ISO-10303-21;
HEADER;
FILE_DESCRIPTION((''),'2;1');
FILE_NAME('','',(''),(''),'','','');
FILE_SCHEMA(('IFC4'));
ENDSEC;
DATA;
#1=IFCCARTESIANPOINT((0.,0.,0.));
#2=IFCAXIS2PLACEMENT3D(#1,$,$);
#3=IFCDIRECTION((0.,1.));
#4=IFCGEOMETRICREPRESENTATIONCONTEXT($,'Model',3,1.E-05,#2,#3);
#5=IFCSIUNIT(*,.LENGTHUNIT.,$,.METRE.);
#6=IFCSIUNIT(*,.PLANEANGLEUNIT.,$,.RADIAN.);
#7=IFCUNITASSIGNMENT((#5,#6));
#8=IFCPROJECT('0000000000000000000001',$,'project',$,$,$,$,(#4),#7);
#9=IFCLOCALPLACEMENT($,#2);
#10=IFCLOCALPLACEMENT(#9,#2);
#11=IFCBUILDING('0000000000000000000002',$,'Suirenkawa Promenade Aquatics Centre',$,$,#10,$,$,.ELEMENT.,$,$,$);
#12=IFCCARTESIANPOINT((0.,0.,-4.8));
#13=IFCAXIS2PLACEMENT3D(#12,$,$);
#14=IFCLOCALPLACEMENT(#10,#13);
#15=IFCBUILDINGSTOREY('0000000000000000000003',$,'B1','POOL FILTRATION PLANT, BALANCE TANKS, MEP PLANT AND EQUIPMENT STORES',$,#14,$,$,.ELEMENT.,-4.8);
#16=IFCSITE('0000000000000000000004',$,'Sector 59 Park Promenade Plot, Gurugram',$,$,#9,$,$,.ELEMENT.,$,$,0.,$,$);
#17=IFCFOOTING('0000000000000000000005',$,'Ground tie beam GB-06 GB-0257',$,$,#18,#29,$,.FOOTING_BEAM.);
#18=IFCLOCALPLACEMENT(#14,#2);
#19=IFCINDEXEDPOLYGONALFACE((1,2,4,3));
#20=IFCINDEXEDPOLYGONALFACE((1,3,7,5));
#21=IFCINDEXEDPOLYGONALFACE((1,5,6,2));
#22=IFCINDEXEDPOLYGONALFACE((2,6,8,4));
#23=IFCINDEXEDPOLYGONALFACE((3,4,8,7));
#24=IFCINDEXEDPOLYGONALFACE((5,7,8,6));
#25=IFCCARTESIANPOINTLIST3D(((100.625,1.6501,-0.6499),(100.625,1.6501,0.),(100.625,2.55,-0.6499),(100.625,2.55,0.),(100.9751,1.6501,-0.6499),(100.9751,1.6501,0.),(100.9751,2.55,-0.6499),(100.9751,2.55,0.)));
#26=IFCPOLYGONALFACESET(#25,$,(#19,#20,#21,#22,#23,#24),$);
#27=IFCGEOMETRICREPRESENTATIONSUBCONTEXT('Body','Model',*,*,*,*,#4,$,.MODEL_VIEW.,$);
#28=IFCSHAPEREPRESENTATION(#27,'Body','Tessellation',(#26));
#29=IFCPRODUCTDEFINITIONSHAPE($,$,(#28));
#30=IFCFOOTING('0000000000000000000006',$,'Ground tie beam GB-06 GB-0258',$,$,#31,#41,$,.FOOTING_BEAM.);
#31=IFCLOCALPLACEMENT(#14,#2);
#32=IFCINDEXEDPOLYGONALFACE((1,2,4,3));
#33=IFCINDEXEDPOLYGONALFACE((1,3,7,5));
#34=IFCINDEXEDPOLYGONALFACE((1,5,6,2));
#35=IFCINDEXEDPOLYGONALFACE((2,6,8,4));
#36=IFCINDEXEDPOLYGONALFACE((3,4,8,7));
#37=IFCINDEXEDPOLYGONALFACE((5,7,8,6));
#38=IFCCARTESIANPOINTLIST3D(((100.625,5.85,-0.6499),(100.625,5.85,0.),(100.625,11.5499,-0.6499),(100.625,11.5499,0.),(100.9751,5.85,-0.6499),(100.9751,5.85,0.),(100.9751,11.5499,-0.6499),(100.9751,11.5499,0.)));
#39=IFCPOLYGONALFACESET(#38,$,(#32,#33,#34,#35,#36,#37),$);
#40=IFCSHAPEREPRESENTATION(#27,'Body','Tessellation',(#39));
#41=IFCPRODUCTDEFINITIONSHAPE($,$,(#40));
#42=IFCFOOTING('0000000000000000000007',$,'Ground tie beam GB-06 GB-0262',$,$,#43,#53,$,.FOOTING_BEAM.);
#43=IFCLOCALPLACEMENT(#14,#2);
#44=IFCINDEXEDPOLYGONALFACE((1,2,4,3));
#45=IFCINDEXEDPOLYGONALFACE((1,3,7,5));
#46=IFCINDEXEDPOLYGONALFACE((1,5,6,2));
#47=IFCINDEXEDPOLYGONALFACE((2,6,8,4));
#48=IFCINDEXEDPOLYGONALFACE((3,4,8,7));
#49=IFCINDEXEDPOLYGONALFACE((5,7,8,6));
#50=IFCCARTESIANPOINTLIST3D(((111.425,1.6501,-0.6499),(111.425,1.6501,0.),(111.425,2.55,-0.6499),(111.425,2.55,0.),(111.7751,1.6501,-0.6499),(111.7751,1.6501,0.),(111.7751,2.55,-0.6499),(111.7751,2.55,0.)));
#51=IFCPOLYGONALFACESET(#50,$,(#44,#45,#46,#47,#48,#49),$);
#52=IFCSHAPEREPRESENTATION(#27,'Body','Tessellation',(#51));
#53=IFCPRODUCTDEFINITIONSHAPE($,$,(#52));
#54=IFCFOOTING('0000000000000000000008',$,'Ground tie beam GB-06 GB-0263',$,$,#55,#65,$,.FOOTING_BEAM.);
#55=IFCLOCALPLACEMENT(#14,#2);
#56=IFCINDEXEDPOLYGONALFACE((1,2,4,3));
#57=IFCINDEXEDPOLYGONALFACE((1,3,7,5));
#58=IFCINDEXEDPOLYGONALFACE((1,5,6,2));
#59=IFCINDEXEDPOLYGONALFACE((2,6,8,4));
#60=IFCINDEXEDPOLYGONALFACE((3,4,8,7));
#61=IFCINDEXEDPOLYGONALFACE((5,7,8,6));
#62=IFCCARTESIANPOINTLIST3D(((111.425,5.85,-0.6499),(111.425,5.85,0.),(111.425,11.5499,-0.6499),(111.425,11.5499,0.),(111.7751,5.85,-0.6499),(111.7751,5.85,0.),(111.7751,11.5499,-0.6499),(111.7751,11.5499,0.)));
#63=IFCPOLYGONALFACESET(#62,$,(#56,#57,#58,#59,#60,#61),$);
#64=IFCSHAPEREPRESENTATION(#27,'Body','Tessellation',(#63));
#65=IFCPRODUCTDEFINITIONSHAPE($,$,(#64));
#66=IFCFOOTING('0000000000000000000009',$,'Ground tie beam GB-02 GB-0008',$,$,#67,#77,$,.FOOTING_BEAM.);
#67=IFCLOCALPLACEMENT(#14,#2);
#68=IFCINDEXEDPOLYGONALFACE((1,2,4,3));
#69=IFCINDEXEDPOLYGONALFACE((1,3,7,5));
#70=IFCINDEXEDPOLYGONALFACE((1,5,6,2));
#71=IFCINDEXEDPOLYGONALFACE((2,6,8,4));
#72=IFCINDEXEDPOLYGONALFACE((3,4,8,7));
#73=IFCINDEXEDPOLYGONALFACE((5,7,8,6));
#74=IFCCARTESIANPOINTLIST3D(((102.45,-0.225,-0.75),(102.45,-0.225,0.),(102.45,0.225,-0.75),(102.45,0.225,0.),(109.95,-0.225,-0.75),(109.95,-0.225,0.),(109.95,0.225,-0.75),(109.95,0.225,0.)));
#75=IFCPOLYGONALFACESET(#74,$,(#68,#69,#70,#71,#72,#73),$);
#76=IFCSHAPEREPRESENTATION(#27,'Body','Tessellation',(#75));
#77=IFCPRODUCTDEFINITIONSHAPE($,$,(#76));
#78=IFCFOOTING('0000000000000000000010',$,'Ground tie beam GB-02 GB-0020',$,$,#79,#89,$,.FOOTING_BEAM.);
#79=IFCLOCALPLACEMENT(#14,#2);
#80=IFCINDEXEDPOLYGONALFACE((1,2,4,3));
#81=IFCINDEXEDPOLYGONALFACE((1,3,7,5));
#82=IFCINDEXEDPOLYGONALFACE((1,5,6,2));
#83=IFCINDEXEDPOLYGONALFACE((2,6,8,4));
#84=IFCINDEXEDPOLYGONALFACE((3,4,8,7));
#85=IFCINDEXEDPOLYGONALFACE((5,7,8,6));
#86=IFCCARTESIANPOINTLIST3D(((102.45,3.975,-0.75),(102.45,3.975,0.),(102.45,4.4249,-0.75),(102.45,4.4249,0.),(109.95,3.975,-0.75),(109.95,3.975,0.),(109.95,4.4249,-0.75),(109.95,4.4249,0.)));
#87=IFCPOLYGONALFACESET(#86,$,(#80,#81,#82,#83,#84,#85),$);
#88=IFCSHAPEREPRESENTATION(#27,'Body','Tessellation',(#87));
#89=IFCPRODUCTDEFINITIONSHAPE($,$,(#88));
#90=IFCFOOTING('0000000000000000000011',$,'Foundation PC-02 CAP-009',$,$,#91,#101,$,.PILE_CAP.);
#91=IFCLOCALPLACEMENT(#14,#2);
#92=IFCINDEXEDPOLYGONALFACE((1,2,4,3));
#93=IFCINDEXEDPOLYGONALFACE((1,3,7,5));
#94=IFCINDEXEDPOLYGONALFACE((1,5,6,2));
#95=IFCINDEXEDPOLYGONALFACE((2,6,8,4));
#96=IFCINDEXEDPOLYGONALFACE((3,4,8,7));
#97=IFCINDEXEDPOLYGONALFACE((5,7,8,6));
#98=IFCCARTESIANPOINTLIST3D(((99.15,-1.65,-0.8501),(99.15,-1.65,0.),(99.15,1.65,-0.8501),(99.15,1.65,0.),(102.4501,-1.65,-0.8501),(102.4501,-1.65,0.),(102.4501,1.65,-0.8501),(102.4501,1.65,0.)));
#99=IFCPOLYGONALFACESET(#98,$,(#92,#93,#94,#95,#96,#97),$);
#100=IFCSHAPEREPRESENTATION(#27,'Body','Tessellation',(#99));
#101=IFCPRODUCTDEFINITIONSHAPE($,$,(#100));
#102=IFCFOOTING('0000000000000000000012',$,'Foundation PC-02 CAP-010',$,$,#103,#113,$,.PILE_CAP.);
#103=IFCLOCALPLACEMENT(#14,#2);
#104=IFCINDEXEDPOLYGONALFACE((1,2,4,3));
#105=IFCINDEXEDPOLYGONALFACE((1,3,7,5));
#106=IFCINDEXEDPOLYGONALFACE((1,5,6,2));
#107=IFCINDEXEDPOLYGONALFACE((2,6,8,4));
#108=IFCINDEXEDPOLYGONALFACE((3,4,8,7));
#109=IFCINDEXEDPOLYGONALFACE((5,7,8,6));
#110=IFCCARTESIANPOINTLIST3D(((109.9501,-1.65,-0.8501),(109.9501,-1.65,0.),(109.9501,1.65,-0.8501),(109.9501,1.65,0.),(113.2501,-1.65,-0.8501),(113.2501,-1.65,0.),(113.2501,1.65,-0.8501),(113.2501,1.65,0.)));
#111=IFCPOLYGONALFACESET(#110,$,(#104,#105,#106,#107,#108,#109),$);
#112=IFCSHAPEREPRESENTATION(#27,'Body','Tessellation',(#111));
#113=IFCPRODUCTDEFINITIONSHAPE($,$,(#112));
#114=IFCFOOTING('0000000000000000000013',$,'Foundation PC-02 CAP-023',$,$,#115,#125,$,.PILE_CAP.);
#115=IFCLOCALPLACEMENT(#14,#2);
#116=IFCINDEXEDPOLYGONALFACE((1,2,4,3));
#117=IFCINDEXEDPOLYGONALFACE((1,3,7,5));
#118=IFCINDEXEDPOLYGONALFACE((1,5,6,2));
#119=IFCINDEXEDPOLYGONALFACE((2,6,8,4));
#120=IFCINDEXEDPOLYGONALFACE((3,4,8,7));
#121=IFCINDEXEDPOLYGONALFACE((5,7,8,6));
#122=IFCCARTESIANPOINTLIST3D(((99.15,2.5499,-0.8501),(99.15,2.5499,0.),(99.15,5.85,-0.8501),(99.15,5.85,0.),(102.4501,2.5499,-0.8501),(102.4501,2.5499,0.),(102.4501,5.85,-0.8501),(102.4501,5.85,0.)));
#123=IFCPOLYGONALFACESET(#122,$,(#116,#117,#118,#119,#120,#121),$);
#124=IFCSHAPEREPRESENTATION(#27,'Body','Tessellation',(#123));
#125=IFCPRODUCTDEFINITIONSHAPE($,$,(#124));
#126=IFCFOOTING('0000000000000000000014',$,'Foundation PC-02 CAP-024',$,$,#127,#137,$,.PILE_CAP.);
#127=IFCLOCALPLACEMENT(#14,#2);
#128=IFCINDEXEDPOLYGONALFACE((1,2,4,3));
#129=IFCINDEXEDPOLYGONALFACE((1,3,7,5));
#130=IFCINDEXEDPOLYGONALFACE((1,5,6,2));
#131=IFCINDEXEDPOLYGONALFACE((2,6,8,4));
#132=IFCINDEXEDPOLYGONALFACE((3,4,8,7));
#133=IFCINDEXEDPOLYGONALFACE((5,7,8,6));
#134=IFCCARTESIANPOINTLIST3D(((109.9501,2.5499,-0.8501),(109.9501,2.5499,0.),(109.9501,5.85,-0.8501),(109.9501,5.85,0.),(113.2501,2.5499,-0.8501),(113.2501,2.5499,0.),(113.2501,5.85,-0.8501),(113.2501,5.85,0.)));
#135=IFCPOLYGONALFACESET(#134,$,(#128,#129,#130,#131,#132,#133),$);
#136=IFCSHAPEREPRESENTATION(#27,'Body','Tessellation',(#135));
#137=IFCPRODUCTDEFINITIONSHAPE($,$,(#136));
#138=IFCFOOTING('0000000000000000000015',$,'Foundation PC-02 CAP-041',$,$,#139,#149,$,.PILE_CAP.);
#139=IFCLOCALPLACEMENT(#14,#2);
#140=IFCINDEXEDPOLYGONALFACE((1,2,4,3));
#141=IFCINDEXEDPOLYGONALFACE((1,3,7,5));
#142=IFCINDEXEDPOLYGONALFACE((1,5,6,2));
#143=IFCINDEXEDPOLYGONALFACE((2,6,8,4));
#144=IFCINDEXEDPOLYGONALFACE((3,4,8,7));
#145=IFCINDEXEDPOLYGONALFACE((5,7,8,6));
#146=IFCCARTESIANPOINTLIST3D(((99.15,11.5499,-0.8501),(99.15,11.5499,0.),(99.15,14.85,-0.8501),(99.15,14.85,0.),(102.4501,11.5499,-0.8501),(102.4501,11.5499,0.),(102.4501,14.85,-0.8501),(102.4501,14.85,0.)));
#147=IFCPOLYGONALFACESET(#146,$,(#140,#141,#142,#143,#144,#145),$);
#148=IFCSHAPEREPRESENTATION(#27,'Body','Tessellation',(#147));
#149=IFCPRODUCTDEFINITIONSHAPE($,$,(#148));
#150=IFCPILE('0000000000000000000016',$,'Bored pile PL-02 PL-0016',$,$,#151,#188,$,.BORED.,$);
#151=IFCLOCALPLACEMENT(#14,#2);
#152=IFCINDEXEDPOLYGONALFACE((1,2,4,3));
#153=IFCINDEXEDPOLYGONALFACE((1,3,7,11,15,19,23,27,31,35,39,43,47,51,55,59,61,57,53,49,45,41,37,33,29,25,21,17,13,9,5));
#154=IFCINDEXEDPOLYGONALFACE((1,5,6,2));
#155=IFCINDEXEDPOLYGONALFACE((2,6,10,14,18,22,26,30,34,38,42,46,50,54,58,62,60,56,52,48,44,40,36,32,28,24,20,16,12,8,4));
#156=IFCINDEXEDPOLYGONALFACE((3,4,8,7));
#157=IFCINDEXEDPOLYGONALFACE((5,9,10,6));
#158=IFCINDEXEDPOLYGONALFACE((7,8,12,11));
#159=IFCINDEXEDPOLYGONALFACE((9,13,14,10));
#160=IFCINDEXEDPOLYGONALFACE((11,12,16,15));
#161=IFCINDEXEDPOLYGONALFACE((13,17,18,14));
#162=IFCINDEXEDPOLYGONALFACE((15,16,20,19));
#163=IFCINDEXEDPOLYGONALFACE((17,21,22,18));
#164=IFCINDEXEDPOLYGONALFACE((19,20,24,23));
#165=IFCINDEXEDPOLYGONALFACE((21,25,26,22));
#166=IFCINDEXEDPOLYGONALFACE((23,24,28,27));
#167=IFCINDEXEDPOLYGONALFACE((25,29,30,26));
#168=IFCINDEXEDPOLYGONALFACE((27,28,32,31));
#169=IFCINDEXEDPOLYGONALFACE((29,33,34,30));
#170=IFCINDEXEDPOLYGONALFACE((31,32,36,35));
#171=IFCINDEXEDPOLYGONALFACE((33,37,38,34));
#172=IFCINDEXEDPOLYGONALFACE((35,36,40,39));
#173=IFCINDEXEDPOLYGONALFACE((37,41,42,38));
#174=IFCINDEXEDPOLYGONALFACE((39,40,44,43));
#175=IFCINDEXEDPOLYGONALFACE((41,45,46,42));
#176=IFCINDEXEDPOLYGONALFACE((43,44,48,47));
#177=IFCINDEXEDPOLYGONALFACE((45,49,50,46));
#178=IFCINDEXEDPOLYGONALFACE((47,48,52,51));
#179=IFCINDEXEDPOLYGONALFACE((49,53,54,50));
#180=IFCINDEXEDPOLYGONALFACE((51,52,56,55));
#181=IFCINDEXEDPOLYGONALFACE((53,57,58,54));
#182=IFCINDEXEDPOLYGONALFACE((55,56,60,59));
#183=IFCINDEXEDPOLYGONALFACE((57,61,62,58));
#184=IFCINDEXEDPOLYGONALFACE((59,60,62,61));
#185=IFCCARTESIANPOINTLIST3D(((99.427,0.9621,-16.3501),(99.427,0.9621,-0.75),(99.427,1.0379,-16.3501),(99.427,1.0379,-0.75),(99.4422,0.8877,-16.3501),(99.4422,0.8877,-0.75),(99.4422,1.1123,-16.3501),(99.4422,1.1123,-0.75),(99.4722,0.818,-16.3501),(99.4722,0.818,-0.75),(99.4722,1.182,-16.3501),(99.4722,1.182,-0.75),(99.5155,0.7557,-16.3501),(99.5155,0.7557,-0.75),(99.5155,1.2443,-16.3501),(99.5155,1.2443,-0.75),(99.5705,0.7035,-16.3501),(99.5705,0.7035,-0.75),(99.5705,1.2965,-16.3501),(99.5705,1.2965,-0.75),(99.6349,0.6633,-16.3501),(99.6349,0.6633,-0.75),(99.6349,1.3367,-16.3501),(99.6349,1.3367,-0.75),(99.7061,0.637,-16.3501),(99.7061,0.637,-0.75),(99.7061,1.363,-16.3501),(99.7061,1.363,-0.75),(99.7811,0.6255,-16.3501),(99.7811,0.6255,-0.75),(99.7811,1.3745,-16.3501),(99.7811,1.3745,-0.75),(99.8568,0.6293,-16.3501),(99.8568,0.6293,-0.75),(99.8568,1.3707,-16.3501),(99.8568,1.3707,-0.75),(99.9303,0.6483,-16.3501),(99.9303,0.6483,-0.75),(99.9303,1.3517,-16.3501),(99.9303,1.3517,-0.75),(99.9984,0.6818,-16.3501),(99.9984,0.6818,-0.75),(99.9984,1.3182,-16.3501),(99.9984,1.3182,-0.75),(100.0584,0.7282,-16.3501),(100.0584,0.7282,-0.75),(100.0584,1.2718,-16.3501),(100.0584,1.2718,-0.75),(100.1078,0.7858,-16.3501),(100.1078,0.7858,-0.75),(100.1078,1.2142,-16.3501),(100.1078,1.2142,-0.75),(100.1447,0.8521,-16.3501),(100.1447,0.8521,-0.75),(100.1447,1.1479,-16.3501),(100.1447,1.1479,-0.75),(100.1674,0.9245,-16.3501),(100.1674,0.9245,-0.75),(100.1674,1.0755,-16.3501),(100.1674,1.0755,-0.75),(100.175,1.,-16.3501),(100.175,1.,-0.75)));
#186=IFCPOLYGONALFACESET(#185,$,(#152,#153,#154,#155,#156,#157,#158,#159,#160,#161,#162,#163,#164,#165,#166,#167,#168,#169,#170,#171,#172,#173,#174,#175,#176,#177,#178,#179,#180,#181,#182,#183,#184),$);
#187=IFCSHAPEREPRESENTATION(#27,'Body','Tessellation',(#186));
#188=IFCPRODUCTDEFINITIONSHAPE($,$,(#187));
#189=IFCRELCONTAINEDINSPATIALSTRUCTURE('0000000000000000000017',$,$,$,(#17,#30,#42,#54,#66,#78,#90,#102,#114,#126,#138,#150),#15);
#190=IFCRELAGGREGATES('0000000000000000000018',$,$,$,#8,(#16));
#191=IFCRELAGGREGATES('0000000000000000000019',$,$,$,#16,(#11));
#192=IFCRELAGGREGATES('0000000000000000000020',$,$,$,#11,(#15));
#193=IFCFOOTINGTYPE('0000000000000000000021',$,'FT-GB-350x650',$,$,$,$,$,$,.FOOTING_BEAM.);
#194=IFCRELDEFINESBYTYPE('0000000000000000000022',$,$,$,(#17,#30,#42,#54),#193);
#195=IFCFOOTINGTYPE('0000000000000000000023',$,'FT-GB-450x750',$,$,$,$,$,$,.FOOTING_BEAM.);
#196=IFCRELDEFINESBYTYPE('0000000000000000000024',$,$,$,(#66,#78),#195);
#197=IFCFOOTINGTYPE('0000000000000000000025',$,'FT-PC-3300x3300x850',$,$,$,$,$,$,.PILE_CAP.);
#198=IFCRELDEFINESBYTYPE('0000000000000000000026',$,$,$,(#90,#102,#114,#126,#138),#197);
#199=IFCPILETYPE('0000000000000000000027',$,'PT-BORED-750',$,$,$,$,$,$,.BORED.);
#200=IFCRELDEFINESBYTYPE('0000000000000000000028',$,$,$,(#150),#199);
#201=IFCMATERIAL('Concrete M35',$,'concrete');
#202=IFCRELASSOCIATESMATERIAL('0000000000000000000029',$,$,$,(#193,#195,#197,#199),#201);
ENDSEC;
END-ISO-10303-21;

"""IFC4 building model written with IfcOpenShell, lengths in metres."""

from ifc_helpers import new_model, si_unit, direction, frame, origin, origin_2d, place, context, subcontext, project, spatial, rectangle, circle, extrude, material, material_profile, profile_set, type_object, element, save


model = new_model("IFC4")

# Units and contexts
model_context = context("Model", 3, precision=1e-05, world=origin(), true_north=direction((0.0, 1.0)))
body_context = subcontext(model_context, "Body", "Model", "MODEL_VIEW")
ifc_project = project(units=[si_unit("LENGTHUNIT", "METRE"), si_unit("PLANEANGLEUNIT", "RADIAN")], contexts=[model_context])

# Site, building, storey
site_placement = place(None, origin())
site = spatial("IfcSite", under=ifc_project, at=site_placement, Name="Sector 59 Park Promenade Plot, Gurugram", CompositionType="ELEMENT", RefElevation=0.0)
building_placement = place(site_placement, origin())
building = spatial("IfcBuilding", under=site, at=building_placement, Name="Suirenkawa Promenade Aquatics Centre", CompositionType="ELEMENT")
storey_placement = place(building_placement, frame((0.0, 0.0, -4.8)))
storey = spatial("IfcBuildingStorey", under=building, at=storey_placement, Name="B1", Description="POOL FILTRATION PLANT, BALANCE TANKS, MEP PLANT AND EQUIPMENT STORES", CompositionType="ELEMENT", Elevation=-4.8)

# Footings
ifc_material_1 = material(Name="Concrete M35", Category="concrete")
footing_type_1 = type_object("IfcFootingType", Name="FT-GB-350x650", PredefinedType="FOOTING_BEAM", material=ifc_material_1)
footing_1_placement = place(storey_placement, frame((100.8, 2.1001, -0.6499), z_axis=(0.0, 0.0, 1.0), x_axis=(0.0, 1.0, 0.0)))
element("IfcFooting", 1, at=footing_1_placement, inside=storey, type_object=footing_type_1, Name="Ground tie beam GB-06 GB-0257", PredefinedType="FOOTING_BEAM", context=body_context, shape_type="SweptSolid", body=[
    extrude(rectangle(XDim=0.8999, YDim=0.3501, at=origin_2d()), origin(), (0.0, 0.0, 1.0), 0.6499),
])
footing_2_placement = place(storey_placement, frame((100.8, 8.7, -0.6499), z_axis=(0.0, 0.0, 1.0), x_axis=(0.0, 1.0, 0.0)))
element("IfcFooting", 2, at=footing_2_placement, inside=storey, type_object=footing_type_1, Name="Ground tie beam GB-06 GB-0258", PredefinedType="FOOTING_BEAM", context=body_context, shape_type="SweptSolid", body=[
    extrude(rectangle(XDim=5.7, YDim=0.3501, at=origin_2d()), origin(), (0.0, 0.0, 1.0), 0.6499),
])
footing_3_placement = place(storey_placement, frame((111.6001, 2.1001, -0.6499), z_axis=(0.0, 0.0, 1.0), x_axis=(0.0, 1.0, 0.0)))
element("IfcFooting", 3, at=footing_3_placement, inside=storey, type_object=footing_type_1, Name="Ground tie beam GB-06 GB-0262", PredefinedType="FOOTING_BEAM", context=body_context, shape_type="SweptSolid", body=[
    extrude(rectangle(XDim=0.8999, YDim=0.3501, at=origin_2d()), origin(), (0.0, 0.0, 1.0), 0.6499),
])
footing_4_placement = place(storey_placement, frame((111.6001, 8.7, -0.6499), z_axis=(0.0, 0.0, 1.0), x_axis=(0.0, 1.0, 0.0)))
element("IfcFooting", 4, at=footing_4_placement, inside=storey, type_object=footing_type_1, Name="Ground tie beam GB-06 GB-0263", PredefinedType="FOOTING_BEAM", context=body_context, shape_type="SweptSolid", body=[
    extrude(rectangle(XDim=5.7, YDim=0.3501, at=origin_2d()), origin(), (0.0, 0.0, 1.0), 0.6499),
])
footing_type_2 = type_object("IfcFootingType", Name="FT-GB-450x750", PredefinedType="FOOTING_BEAM", material=ifc_material_1)
for number, where, z_axis, x_axis, name in (
    (5, (106.2, 0.0, -0.75), (0.0, 0.0, 1.0), (1.0, 0.0, 0.0), "Ground tie beam GB-02 GB-0008"),
    (6, (106.2, 4.2, -0.75), (0.0, 0.0, 1.0), (1.0, 0.0, 0.0), "Ground tie beam GB-02 GB-0020"),
):
    element("IfcFooting", number, at=place(storey_placement, frame(where, z_axis=z_axis, x_axis=x_axis)), inside=storey, type_object=footing_type_2, Name=name, PredefinedType="FOOTING_BEAM", context=body_context, shape_type="SweptSolid", body=[
        extrude(rectangle(XDim=7.5, YDim=0.45, at=origin_2d()), origin(), (0.0, 0.0, 1.0), 0.75),
    ])
footing_type_3 = type_object("IfcFootingType", Name="FT-PC-3300x3300x850", PredefinedType="PILE_CAP", material=ifc_material_1)
for number, where, z_axis, x_axis, name in (
    (7, (100.8, 0.0, -0.8501), (0.0, 0.0, 1.0), (1.0, 0.0, 0.0), "Foundation PC-02 CAP-009"),
    (8, (111.6001, 0.0, -0.8501), (0.0, 0.0, 1.0), (1.0, 0.0, 0.0), "Foundation PC-02 CAP-010"),
    (9, (100.8, 4.2, -0.8501), (0.0, 0.0, 1.0), (1.0, 0.0, 0.0), "Foundation PC-02 CAP-023"),
    (10, (111.6001, 4.2, -0.8501), (0.0, 0.0, 1.0), (1.0, 0.0, 0.0), "Foundation PC-02 CAP-024"),
    (11, (100.8, 13.2, -0.8501), (0.0, 0.0, 1.0), (1.0, 0.0, 0.0), "Foundation PC-02 CAP-041"),
):
    element("IfcFooting", number, at=place(storey_placement, frame(where, z_axis=z_axis, x_axis=x_axis)), inside=storey, type_object=footing_type_3, Name=name, PredefinedType="PILE_CAP", context=body_context, shape_type="SweptSolid", body=[
        extrude(rectangle(XDim=3.3, YDim=3.3, at=origin_2d()), origin(), (0.0, 0.0, 1.0), 0.8501),
    ])

# Pile
ifc_material_profile_1 = material_profile(ifc_material_1, circle(Radius=0.375, at=origin_2d()), Name="PILE D750", Category="concrete")
ifc_profile_set_1 = profile_set([ifc_material_profile_1], Name="Concrete M35")
pile_type = type_object("IfcPileType", Name="PT-BORED-750", PredefinedType="BORED", material=ifc_profile_set_1)
for number, where, z_axis, x_axis, name in (
    (12, (99.8, 1.0, -0.75), (0.0, 0.0, -1.0), (1.0, 0.0, 0.0), "Bored pile PL-02 PL-0016"),
):
    element("IfcPile", number, at=place(storey_placement, frame(where, z_axis=z_axis, x_axis=x_axis)), inside=storey, type_object=pile_type, Name=name, PredefinedType="BORED", context=body_context, shape_type="SweptSolid", body=[
        extrude(circle(Radius=0.375, at=origin_2d()), origin(), (0.0, 0.0, 1.0), 15.6001),
    ])

save(model, "model.ifc")
